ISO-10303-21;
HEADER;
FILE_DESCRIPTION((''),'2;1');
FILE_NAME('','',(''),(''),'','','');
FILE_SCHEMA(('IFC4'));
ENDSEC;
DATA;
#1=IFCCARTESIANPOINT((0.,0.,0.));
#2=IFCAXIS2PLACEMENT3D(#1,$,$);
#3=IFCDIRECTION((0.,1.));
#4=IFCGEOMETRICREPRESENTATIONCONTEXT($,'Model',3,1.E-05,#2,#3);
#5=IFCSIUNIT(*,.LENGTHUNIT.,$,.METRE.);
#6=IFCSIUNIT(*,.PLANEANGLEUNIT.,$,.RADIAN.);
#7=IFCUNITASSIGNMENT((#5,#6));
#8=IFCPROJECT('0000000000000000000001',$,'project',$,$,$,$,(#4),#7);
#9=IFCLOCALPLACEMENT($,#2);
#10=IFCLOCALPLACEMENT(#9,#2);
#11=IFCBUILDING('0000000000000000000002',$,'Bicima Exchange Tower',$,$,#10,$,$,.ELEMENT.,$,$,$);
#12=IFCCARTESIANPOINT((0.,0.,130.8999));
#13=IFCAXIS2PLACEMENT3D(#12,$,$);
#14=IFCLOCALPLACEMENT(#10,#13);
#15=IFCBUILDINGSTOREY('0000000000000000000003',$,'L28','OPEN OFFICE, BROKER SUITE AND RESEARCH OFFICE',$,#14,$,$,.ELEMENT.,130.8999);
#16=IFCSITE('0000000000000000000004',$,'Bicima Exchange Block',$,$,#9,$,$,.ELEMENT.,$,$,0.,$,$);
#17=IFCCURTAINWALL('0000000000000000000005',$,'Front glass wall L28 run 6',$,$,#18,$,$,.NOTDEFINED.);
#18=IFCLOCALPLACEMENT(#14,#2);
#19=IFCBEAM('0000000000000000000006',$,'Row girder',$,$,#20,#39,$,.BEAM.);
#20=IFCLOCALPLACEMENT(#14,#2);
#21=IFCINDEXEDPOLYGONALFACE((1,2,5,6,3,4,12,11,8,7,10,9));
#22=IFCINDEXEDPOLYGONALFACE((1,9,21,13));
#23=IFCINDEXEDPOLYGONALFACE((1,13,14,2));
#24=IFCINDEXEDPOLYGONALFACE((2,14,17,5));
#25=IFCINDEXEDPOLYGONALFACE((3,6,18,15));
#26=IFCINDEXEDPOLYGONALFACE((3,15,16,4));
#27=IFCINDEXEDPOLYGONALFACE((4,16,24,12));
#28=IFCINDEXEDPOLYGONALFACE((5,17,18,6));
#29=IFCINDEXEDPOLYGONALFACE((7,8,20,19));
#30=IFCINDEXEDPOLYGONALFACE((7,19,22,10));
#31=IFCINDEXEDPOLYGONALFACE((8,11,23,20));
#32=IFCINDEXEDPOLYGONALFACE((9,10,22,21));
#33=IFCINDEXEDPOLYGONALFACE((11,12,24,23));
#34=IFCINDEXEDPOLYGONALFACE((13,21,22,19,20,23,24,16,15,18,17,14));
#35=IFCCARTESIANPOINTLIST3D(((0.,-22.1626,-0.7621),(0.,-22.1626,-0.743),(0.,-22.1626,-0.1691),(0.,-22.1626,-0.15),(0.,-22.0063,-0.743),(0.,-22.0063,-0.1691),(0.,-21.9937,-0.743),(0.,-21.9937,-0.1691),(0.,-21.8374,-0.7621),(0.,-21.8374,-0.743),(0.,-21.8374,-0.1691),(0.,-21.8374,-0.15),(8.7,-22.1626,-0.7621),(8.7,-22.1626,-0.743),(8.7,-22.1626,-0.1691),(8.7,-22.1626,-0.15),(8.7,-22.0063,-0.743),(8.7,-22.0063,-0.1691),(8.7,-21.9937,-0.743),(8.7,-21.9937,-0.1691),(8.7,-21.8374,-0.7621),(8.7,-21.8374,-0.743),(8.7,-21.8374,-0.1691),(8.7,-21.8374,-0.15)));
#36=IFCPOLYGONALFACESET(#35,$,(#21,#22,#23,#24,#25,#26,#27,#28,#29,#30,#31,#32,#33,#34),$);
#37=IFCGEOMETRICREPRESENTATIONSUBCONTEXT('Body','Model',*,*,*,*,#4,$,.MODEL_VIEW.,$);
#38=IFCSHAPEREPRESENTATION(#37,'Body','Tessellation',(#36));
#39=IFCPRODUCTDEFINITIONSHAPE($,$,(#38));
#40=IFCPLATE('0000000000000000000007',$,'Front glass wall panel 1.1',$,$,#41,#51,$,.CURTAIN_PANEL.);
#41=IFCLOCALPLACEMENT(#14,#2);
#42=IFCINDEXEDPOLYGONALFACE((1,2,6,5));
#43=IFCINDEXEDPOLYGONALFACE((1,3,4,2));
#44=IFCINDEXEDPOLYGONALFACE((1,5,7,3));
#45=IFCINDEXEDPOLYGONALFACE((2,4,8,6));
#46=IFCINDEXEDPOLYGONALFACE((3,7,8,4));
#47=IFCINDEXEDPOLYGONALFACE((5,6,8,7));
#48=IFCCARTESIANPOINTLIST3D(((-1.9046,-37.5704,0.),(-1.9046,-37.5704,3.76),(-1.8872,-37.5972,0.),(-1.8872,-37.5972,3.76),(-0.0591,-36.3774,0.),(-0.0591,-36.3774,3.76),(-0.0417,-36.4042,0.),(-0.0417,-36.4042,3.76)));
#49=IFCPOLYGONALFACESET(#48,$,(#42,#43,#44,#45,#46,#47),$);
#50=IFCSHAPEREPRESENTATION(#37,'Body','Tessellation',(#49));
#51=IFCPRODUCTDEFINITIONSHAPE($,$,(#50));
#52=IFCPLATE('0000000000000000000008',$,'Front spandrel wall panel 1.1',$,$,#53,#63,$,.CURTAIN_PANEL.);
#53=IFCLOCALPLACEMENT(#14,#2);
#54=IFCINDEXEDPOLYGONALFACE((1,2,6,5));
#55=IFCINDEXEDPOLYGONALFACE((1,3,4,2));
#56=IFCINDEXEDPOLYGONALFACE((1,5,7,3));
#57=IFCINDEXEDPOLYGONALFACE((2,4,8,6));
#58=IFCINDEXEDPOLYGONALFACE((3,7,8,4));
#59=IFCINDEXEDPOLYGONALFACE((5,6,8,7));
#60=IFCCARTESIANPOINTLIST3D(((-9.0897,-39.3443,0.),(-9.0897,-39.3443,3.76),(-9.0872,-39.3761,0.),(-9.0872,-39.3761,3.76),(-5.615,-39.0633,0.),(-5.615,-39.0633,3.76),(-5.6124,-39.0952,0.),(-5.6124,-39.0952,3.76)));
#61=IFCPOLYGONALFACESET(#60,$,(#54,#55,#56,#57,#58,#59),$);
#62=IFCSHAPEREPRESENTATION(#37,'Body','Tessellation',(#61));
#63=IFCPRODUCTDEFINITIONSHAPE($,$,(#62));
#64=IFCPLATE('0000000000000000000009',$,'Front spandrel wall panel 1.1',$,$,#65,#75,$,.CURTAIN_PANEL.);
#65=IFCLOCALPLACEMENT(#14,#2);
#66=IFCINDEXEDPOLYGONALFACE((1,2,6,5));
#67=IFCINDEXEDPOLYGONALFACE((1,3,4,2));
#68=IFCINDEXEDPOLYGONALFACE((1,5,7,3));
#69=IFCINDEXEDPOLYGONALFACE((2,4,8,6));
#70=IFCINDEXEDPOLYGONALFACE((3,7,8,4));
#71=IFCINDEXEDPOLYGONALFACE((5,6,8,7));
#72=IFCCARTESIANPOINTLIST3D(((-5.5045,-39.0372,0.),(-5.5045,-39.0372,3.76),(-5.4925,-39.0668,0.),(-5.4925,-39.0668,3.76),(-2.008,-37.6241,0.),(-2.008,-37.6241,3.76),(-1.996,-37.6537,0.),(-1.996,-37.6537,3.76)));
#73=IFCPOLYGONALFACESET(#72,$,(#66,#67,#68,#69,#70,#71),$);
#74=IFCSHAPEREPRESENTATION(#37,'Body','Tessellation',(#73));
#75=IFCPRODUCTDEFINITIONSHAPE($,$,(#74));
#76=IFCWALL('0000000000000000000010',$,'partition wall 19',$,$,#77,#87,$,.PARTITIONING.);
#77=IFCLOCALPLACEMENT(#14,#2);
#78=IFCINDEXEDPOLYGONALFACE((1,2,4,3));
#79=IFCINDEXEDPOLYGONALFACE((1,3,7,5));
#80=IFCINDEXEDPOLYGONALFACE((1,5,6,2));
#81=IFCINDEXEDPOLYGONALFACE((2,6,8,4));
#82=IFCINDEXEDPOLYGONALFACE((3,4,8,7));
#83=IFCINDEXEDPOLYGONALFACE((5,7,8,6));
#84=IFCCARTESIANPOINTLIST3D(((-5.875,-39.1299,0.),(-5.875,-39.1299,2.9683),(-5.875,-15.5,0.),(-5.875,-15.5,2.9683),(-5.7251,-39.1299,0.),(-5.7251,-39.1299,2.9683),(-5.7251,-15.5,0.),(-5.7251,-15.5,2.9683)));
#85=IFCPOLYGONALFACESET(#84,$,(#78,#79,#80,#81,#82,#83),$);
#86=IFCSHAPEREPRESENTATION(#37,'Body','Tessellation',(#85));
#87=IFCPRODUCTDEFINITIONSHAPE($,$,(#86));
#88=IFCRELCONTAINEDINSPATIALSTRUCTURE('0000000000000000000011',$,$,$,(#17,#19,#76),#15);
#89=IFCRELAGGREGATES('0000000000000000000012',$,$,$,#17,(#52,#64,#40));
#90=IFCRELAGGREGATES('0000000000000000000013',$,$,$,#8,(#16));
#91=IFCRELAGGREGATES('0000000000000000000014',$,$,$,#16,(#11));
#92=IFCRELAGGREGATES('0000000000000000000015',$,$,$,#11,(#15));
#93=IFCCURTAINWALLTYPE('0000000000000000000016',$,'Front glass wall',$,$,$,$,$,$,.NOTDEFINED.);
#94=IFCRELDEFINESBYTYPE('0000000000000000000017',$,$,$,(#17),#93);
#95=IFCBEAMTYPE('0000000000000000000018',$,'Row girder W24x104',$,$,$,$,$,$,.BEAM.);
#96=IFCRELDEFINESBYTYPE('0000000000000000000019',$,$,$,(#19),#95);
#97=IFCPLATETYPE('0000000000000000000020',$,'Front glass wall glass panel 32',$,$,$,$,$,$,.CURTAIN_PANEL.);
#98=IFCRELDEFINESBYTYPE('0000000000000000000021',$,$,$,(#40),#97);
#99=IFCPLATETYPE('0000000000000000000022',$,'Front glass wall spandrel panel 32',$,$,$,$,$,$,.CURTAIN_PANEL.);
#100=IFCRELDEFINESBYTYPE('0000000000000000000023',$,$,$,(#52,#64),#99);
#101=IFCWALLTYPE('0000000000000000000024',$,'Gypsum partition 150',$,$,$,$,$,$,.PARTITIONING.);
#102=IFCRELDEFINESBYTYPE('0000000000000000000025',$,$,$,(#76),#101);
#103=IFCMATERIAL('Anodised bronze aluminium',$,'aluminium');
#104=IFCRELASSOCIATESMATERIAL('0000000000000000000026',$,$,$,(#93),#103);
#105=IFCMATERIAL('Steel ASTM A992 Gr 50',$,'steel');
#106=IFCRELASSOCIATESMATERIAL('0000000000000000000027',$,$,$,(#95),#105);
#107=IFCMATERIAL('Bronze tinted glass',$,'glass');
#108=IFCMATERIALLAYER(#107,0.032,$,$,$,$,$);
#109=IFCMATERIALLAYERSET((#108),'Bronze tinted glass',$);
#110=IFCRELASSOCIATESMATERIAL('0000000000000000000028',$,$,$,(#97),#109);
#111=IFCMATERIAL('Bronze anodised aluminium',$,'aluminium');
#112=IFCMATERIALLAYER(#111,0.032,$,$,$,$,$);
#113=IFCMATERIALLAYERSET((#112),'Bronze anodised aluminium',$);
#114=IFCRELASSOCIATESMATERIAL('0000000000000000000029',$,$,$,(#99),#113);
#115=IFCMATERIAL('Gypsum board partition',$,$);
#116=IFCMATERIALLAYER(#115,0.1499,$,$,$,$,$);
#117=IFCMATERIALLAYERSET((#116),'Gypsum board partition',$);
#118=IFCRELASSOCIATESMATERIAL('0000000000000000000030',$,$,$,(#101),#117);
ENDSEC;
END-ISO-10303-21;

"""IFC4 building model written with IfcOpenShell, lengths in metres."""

from ifc_helpers import new_model, si_unit, direction, frame, frame_2d, origin, origin_2d, place, context, subcontext, project, spatial, rectangle, i_section, extrude, material, layer, layer_set, material_profile, profile_set, type_object, element, aggregate, save


model = new_model("IFC4")

# Units and contexts
model_context = context("Model", 3, precision=1e-05, world=origin(), true_north=direction((0.0, 1.0)))
body_context = subcontext(model_context, "Body", "Model", "MODEL_VIEW")
ifc_project = project(units=[si_unit("LENGTHUNIT", "METRE"), si_unit("PLANEANGLEUNIT", "RADIAN")], contexts=[model_context])

# Site, building, storey
site_placement = place(None, origin())
site = spatial("IfcSite", under=ifc_project, at=site_placement, Name="Bicima Exchange Block", CompositionType="ELEMENT", RefElevation=0.0)
building_placement = place(site_placement, origin())
building = spatial("IfcBuilding", under=site, at=building_placement, Name="Bicima Exchange Tower", CompositionType="ELEMENT")
storey_placement = place(building_placement, frame((0.0, 0.0, 130.8999)))
storey = spatial("IfcBuildingStorey", under=building, at=storey_placement, Name="L28", Description="OPEN OFFICE, BROKER SUITE AND RESEARCH OFFICE", CompositionType="ELEMENT", Elevation=130.8999)

# Shared definitions
ifc_material_1 = material(Name="Steel ASTM A992 Gr 50", Category="steel")

# Curtain wall
ifc_material_2 = material(Name="Anodised bronze aluminium", Category="aluminium")
curtain_wall_type = type_object("IfcCurtainWallType", Name="Front glass wall", PredefinedType="NOTDEFINED", material=ifc_material_2)
curtain_wall_placement = place(storey_placement, origin())
curtain_wall = element("IfcCurtainWall", 1, at=curtain_wall_placement, inside=storey, type_object=curtain_wall_type, Name="Front glass wall L28 run 6", PredefinedType="NOTDEFINED")

# Beam
ifc_material_profile_1 = material_profile(ifc_material_1, i_section(OverallWidth=0.3252, OverallDepth=0.6121, WebThickness=0.0127, FlangeThickness=0.019, at=origin_2d()))
ifc_profile_set_1 = profile_set([ifc_material_profile_1], Name="Steel ASTM A992 Gr 50")
beam_type_1 = type_object("IfcBeamType", Name="Row girder W24x104", PredefinedType="BEAM", material=ifc_profile_set_1)
for number, where, z_axis, x_axis, name in (
    (2, (0.0, -22.0, -0.4561), (1.0, 0.0, 0.0), (0.0, 1.0, 0.0), "Row girder"),
):
    element("IfcBeam", number, at=place(storey_placement, frame(where, z_axis=z_axis, x_axis=x_axis)), inside=storey, type_object=beam_type_1, Name=name, PredefinedType="BEAM", context=body_context, shape_type="SweptSolid", body=[
        extrude(i_section(OverallWidth=0.3252, OverallDepth=0.6121, WebThickness=0.0127, FlangeThickness=0.019, at=origin_2d()), origin(), (0.0, 0.0, 1.0), 8.7),
    ])

# Plates
ifc_material_3 = material(Name="Bronze tinted glass", Category="glass")
ifc_layer_1 = layer(ifc_material_3, 0.032)
ifc_layer_set_1 = layer_set([ifc_layer_1], Name="Bronze tinted glass")
plate_type_1 = type_object("IfcPlateType", Name="Front glass wall glass panel 32", PredefinedType="CURTAIN_PANEL", material=ifc_layer_set_1)
plate_1_placement = place(storey_placement, frame((-0.9731, -36.9873, 0.0), z_axis=(0.0, 0.0, 1.0), x_axis=(0.839799, 0.542897, 0.0)))
plate_1 = element("IfcPlate", 3, at=plate_1_placement, type_object=plate_type_1, Name="Front glass wall panel 1.1", PredefinedType="CURTAIN_PANEL", context=body_context, shape_type="SweptSolid", body=[
    extrude(rectangle(XDim=2.1975, YDim=0.032, at=origin_2d()), origin(), (0.0, 0.0, 1.0), 3.76),
])
ifc_material_4 = material(Name="Bronze anodised aluminium", Category="aluminium")
ifc_layer_2 = layer(ifc_material_4, 0.032)
ifc_layer_set_2 = layer_set([ifc_layer_2], Name="Bronze anodised aluminium")
plate_type_2 = type_object("IfcPlateType", Name="Front glass wall spandrel panel 32", PredefinedType="CURTAIN_PANEL", material=ifc_layer_set_2)
plate_2_placement = place(storey_placement, frame((-7.3511, -39.2197, 0.0), z_axis=(0.0, 0.0, 1.0), x_axis=(0.996747, 0.080589, 0.0)))
plate_2 = element("IfcPlate", 4, at=plate_2_placement, type_object=plate_type_2, Name="Front spandrel wall panel 1.1", PredefinedType="CURTAIN_PANEL", context=body_context, shape_type="SweptSolid", body=[
    extrude(rectangle(XDim=3.4861, YDim=0.032, at=origin_2d()), origin(), (0.0, 0.0, 1.0), 3.76),
])
plate_3_placement = place(storey_placement, frame((-3.7502, -38.3455, 0.0), z_axis=(0.0, 0.0, 1.0), x_axis=(0.927144, 0.374705, 0.0)))
plate_3 = element("IfcPlate", 5, at=plate_3_placement, type_object=plate_type_2, Name="Front spandrel wall panel 1.1", PredefinedType="CURTAIN_PANEL", context=body_context, shape_type="SweptSolid", body=[
    extrude(rectangle(XDim=3.7712, YDim=0.032, at=origin_2d()), origin(), (0.0, 0.0, 1.0), 3.76),
])
aggregate(curtain_wall, [plate_2, plate_3, plate_1])

# Wall
ifc_material_5 = material(Name="Gypsum board partition")
ifc_layer_3 = layer(ifc_material_5, 0.1499)
ifc_layer_set_3 = layer_set([ifc_layer_3], Name="Gypsum board partition")
wall_type = type_object("IfcWallType", Name="Gypsum partition 150", PredefinedType="PARTITIONING", material=ifc_layer_set_3)
wall_placement = place(storey_placement, frame((-5.8, -39.1299, 0.0), z_axis=(0.0, 0.0, 1.0), x_axis=(0.0, 1.0, 0.0)))
element("IfcWall", 6, at=wall_placement, inside=storey, type_object=wall_type, Name="partition wall 19", PredefinedType="PARTITIONING", context=body_context, shape_type="SweptSolid", body=[
    extrude(rectangle(XDim=23.6299, YDim=0.1499, at=frame_2d((11.8149, 0.0))), origin(), (0.0, 0.0, 1.0), 2.9683),
])

save(model, "model.ifc")
